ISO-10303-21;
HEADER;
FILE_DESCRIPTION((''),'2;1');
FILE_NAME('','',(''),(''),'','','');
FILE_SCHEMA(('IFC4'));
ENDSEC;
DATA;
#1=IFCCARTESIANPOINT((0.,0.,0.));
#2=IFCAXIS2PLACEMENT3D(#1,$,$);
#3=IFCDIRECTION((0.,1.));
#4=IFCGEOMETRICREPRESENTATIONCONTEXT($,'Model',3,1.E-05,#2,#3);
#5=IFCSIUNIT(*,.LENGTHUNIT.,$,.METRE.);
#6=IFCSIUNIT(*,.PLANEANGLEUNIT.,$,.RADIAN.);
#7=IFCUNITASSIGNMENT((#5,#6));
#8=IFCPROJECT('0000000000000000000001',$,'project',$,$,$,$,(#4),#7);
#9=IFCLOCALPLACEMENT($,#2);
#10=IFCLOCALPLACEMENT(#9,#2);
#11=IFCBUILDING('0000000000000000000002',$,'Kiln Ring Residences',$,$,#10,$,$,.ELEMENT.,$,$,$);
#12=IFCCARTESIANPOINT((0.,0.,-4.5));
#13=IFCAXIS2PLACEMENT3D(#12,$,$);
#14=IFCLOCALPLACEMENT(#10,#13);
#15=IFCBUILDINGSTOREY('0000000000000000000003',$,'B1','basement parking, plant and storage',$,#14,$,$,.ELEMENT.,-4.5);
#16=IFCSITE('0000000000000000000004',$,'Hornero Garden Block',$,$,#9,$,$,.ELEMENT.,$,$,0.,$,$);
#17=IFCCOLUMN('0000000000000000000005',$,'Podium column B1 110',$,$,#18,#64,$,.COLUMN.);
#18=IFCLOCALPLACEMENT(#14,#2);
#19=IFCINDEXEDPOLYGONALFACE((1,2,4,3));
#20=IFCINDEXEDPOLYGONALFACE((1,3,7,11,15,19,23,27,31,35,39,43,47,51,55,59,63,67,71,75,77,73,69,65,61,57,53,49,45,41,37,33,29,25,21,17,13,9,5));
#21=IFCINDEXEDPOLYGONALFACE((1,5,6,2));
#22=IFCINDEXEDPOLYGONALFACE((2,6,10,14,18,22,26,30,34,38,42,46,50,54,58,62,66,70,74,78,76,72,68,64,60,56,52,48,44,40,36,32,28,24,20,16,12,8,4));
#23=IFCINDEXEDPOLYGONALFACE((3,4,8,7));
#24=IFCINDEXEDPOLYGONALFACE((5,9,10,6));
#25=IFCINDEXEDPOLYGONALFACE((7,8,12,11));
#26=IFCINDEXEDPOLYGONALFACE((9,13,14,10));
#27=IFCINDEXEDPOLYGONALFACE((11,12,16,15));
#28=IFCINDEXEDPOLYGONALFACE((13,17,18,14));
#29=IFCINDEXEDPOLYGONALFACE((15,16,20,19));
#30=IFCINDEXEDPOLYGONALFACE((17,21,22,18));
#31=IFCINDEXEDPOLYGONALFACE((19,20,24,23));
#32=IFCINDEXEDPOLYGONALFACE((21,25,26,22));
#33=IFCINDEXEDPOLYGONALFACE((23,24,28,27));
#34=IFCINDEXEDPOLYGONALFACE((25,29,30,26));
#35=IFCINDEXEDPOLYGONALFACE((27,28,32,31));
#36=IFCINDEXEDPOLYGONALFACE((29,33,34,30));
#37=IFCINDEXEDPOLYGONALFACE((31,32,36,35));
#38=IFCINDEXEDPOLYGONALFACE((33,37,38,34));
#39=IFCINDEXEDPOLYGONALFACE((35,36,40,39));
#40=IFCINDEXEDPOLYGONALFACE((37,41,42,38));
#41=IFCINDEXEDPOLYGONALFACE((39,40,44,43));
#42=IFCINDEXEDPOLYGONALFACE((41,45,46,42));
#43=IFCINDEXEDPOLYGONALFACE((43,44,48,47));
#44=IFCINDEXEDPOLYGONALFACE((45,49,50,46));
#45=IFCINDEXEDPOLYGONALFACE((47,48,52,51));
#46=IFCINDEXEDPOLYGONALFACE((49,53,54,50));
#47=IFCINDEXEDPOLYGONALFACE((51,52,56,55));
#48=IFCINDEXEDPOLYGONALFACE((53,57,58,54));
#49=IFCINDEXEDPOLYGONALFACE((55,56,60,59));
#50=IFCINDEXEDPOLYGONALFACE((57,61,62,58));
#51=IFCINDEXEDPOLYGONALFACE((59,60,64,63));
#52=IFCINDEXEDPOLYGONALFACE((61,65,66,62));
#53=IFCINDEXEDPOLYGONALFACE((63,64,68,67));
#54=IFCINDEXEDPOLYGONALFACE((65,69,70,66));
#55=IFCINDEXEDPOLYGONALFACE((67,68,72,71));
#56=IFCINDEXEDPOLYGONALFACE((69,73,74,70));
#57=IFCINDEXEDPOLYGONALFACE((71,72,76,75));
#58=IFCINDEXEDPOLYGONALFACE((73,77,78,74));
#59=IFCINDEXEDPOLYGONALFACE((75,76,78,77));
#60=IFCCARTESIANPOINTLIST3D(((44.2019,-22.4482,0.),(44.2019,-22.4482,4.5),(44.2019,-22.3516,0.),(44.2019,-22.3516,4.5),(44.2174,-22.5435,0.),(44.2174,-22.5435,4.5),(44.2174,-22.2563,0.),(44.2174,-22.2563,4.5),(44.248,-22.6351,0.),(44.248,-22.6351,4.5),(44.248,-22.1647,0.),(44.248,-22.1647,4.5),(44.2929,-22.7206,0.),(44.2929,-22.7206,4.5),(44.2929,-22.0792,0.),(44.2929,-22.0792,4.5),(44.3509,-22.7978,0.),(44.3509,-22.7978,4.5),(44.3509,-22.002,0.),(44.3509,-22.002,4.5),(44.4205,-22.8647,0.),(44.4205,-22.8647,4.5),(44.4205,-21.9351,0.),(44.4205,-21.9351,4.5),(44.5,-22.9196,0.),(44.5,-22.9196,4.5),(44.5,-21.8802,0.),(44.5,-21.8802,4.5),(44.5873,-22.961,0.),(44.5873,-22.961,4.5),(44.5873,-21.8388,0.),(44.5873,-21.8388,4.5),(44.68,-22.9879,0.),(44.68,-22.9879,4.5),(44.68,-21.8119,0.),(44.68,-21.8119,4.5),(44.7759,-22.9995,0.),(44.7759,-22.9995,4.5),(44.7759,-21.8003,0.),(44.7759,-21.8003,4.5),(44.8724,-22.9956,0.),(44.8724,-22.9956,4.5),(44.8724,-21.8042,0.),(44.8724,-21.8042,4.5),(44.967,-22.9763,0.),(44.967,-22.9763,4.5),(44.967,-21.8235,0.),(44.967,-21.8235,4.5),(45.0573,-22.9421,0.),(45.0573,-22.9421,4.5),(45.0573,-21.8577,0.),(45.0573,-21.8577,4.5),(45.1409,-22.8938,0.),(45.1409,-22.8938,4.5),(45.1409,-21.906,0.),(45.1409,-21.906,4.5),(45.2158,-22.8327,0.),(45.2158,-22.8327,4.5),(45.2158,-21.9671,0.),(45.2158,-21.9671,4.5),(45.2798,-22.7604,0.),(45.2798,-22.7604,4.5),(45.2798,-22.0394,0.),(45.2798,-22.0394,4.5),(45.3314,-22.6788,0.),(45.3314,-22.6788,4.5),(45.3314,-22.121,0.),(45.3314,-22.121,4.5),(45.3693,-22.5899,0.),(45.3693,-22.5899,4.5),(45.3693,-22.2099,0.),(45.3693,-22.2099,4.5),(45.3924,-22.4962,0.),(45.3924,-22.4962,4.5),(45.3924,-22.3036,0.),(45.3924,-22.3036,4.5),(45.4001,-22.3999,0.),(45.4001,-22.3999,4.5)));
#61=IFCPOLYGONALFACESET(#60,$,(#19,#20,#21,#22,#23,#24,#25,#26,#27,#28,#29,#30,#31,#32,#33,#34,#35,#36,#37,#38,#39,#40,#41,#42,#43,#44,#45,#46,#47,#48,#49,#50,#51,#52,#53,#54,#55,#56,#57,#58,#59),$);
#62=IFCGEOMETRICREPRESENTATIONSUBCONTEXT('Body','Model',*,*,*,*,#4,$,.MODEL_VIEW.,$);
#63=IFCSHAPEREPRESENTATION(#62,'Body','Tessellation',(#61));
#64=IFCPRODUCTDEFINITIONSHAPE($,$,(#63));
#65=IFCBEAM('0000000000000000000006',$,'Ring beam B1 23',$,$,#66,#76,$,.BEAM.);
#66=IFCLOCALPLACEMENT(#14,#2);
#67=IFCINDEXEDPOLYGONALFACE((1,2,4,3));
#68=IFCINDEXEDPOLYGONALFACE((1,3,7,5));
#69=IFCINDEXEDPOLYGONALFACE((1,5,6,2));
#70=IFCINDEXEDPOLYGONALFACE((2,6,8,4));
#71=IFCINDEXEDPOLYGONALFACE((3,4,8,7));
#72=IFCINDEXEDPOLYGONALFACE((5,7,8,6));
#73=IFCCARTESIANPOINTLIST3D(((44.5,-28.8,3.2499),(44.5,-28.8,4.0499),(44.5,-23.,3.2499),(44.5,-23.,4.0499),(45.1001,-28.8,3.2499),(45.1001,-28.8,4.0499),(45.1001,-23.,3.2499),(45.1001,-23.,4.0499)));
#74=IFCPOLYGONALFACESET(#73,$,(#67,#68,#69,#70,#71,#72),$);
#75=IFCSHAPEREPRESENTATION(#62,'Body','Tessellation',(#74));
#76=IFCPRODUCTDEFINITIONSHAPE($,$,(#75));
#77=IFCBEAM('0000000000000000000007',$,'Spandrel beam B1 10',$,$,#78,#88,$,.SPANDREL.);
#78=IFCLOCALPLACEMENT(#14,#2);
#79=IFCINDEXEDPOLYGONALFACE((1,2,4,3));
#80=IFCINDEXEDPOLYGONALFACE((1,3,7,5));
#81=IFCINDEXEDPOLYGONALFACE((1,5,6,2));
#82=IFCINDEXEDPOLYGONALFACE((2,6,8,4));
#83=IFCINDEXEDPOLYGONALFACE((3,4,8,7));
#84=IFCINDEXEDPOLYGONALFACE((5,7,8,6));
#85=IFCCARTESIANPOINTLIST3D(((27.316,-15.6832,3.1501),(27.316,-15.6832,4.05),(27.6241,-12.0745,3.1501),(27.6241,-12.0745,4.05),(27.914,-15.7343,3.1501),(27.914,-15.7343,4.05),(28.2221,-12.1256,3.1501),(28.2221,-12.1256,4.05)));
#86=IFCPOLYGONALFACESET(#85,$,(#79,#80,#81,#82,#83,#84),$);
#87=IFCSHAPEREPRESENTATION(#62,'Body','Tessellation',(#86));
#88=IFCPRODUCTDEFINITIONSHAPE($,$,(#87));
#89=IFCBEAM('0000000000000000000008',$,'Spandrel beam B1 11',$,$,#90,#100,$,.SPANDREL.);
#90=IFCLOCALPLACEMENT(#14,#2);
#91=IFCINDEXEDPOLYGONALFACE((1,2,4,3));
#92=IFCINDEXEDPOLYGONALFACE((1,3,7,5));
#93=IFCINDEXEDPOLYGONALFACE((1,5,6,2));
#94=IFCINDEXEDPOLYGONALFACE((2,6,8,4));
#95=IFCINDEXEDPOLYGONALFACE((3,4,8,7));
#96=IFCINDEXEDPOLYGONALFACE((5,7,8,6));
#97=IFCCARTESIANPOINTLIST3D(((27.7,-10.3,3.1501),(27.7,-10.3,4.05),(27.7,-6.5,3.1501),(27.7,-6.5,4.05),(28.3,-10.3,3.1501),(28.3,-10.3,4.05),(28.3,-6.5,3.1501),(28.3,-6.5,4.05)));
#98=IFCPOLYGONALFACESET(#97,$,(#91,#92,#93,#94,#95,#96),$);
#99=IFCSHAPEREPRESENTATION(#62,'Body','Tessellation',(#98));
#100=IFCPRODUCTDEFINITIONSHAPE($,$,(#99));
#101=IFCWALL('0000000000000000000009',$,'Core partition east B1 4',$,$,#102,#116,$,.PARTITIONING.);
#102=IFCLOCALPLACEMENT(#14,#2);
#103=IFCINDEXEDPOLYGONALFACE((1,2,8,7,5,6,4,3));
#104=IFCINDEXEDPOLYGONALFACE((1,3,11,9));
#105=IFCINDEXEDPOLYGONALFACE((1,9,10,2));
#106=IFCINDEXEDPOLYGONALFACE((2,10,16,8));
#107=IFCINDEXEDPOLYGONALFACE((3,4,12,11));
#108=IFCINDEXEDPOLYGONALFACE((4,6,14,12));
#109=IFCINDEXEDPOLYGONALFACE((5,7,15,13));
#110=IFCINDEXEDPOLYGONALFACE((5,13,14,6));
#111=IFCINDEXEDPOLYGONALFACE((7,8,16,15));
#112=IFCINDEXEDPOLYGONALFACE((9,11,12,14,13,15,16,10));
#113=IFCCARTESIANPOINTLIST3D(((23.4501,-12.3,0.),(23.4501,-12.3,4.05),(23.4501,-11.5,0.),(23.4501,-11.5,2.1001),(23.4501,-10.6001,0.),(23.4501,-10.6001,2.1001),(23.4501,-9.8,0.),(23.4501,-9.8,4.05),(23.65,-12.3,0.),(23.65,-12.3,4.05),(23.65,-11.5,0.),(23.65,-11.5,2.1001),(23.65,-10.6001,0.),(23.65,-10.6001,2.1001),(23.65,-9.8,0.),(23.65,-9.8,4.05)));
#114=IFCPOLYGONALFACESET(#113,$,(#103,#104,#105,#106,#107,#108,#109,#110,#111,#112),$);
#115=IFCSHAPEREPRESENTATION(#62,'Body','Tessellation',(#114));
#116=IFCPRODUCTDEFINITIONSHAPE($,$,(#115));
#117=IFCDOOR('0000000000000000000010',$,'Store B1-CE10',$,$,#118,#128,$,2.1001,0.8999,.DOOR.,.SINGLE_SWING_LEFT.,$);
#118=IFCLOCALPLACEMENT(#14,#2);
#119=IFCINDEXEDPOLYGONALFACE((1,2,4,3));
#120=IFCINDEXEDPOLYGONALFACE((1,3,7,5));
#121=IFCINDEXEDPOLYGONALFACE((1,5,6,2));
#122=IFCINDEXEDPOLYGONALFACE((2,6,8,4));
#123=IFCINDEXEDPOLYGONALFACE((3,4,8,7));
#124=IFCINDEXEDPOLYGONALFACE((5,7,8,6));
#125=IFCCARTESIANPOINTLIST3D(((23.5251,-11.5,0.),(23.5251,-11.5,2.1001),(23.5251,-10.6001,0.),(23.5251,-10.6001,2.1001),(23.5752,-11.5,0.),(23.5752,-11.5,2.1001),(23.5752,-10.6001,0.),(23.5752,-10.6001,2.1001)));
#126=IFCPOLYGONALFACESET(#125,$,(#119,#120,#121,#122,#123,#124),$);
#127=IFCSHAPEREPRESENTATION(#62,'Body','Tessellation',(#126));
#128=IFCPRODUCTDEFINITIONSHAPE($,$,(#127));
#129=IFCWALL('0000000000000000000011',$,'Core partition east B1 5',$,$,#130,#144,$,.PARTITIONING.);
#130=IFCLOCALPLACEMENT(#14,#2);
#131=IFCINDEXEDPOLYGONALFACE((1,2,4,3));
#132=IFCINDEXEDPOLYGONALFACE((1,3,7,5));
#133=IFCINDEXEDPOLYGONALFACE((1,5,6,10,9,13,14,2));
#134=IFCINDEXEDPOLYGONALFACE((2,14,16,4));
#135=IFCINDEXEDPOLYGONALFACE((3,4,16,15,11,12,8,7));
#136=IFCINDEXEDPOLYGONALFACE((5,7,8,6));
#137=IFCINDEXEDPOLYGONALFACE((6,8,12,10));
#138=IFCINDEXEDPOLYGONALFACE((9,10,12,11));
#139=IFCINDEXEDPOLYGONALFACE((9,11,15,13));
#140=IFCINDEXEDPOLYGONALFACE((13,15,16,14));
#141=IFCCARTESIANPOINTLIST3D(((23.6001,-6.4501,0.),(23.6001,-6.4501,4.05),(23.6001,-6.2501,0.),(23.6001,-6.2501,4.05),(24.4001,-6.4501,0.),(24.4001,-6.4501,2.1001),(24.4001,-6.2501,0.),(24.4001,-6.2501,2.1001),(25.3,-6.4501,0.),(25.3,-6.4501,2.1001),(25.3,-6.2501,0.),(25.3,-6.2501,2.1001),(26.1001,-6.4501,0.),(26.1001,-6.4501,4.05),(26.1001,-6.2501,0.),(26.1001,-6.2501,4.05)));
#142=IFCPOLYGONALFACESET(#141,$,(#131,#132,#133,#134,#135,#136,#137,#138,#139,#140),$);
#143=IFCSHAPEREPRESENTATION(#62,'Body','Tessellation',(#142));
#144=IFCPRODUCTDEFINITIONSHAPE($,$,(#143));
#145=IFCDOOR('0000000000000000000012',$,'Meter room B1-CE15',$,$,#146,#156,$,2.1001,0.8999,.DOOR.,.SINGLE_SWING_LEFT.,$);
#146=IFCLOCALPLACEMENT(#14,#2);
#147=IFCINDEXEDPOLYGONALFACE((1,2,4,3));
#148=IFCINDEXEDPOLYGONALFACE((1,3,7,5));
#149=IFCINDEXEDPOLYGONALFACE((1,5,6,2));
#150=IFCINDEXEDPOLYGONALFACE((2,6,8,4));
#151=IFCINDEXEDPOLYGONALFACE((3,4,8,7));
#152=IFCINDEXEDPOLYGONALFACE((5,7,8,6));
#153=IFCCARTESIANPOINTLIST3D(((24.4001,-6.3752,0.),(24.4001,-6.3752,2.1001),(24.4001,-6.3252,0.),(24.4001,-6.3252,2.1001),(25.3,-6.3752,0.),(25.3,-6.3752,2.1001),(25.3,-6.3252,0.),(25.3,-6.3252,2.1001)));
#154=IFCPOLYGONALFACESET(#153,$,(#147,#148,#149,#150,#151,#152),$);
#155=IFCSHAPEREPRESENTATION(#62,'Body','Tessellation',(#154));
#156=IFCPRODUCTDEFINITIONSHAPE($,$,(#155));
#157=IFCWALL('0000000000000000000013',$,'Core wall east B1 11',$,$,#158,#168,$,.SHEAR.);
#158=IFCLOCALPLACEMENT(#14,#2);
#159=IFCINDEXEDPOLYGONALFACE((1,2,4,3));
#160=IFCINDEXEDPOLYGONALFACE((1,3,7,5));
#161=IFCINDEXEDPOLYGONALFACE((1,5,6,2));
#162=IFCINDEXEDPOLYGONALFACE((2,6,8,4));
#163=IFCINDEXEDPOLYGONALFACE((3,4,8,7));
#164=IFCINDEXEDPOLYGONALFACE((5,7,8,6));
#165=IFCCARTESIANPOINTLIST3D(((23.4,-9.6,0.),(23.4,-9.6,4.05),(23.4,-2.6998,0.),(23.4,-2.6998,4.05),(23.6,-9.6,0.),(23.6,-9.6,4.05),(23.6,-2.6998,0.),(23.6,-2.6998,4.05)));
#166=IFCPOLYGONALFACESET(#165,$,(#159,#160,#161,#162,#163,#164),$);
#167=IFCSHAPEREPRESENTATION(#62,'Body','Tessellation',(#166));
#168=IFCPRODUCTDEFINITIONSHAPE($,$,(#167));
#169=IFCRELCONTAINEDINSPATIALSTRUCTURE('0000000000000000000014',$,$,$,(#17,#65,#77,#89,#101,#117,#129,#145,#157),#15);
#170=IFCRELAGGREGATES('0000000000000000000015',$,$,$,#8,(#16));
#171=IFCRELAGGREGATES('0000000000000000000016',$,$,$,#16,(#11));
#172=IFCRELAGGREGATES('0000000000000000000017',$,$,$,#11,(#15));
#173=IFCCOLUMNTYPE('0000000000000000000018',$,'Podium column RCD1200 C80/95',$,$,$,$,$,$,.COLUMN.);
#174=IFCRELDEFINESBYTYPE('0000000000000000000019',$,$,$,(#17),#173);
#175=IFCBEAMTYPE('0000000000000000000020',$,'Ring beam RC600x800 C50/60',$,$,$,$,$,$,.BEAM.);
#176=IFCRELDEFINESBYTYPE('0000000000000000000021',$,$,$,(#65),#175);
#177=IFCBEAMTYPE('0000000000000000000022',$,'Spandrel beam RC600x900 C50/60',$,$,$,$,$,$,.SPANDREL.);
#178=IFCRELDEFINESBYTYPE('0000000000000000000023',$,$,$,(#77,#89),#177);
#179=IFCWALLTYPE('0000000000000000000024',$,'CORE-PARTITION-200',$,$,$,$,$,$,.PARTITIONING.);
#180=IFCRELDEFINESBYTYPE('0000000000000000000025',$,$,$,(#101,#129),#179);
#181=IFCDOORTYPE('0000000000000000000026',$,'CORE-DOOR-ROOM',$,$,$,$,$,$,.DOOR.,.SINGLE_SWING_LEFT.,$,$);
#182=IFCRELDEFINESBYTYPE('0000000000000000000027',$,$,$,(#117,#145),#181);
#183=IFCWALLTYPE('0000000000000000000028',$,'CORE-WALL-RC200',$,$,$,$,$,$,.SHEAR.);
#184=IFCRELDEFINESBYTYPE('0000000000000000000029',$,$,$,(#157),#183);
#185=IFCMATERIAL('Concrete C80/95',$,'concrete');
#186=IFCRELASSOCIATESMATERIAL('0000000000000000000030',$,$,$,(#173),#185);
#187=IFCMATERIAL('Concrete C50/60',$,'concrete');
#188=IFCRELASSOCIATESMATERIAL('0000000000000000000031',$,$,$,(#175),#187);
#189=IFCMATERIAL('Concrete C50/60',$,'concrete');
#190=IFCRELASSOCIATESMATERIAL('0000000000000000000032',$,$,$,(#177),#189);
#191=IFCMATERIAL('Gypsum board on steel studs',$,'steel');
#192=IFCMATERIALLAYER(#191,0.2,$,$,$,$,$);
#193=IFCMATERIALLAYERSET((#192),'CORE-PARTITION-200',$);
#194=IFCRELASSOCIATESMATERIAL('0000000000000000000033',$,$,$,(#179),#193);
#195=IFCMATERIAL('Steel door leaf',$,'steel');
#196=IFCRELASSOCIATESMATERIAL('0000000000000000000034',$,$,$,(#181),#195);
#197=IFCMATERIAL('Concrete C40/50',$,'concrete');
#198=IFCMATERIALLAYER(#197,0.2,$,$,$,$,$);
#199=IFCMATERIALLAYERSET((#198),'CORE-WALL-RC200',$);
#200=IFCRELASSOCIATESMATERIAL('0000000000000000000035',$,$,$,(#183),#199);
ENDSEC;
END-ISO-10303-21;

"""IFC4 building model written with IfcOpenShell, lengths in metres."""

from ifc_helpers import new_model, si_unit, direction, frame, frame_2d, origin, origin_2d, place, context, subcontext, project, spatial, rectangle, circle, extrude, material, layer, layer_set, material_profile, profile_set, type_object, element, fill, save


model = new_model("IFC4")

# Units and contexts
model_context = context("Model", 3, precision=1e-05, world=origin(), true_north=direction((0.0, 1.0)))
body_context = subcontext(model_context, "Body", "Model", "MODEL_VIEW")
ifc_project = project(units=[si_unit("LENGTHUNIT", "METRE"), si_unit("PLANEANGLEUNIT", "RADIAN")], contexts=[model_context])

# Site, building, storey
site_placement = place(None, origin())
site = spatial("IfcSite", under=ifc_project, at=site_placement, Name="Hornero Garden Block", CompositionType="ELEMENT", RefElevation=0.0)
building_placement = place(site_placement, origin())
building = spatial("IfcBuilding", under=site, at=building_placement, Name="Kiln Ring Residences", CompositionType="ELEMENT")
storey_placement = place(building_placement, frame((0.0, 0.0, -4.5)))
storey = spatial("IfcBuildingStorey", under=building, at=storey_placement, Name="B1", Description="basement parking, plant and storage", CompositionType="ELEMENT", Elevation=-4.5)

# Column
ifc_material_1 = material(Name="Concrete C80/95", Category="concrete")
ifc_material_profile_1 = material_profile(ifc_material_1, circle(Radius=0.6001, at=origin_2d()), Name="RCD1200")
ifc_profile_set_1 = profile_set([ifc_material_profile_1], Name="Concrete C80/95")
column_type_1 = type_object("IfcColumnType", Name="Podium column RCD1200 C80/95", PredefinedType="COLUMN", material=ifc_profile_set_1)
for number, where, z_axis, x_axis, name in (
    (1, (44.8, -22.3999, 0.0), (0.0, 0.0, 1.0), (1.0, 0.0, 0.0), "Podium column B1 110"),
):
    element("IfcColumn", number, at=place(storey_placement, frame(where, z_axis=z_axis, x_axis=x_axis)), inside=storey, type_object=column_type_1, Name=name, PredefinedType="COLUMN", context=body_context, shape_type="SweptSolid", body=[
        extrude(circle(Radius=0.6001, at=origin_2d()), origin(), (0.0, 0.0, 1.0), 4.5),
    ])

# Beams
ifc_material_2 = material(Name="Concrete C50/60", Category="concrete")
ifc_material_profile_2 = material_profile(ifc_material_2, rectangle(XDim=0.6001, YDim=0.8, at=origin_2d()), Name="RC600x800")
ifc_profile_set_2 = profile_set([ifc_material_profile_2], Name="Concrete C50/60")
beam_type_1 = type_object("IfcBeamType", Name="Ring beam RC600x800 C50/60", PredefinedType="BEAM", material=ifc_profile_set_2)
beam_1_placement = place(storey_placement, frame((44.8, -23.0, 3.6499), z_axis=(0.0, -1.0, 0.0), x_axis=(1.0, 0.0, 0.0)))
element("IfcBeam", 2, at=beam_1_placement, inside=storey, type_object=beam_type_1, Name="Ring beam B1 23", PredefinedType="BEAM", context=body_context, shape_type="SweptSolid", body=[
    extrude(rectangle(XDim=0.6001, YDim=0.8, at=origin_2d()), origin(), (0.0, 0.0, 1.0), 5.8),
])
ifc_material_3 = material(Name="Concrete C50/60", Category="concrete")
ifc_material_profile_3 = material_profile(ifc_material_3, rectangle(XDim=0.6001, YDim=0.8999, at=origin_2d()), Name="RC600x900")
ifc_profile_set_3 = profile_set([ifc_material_profile_3], Name="Concrete C50/60")
beam_type_2 = type_object("IfcBeamType", Name="Spandrel beam RC600x900 C50/60", PredefinedType="SPANDREL", material=ifc_profile_set_3)
beam_2_placement = place(storey_placement, frame((27.615, -15.7087, 3.6001), z_axis=(0.08507, 0.996375, 0.0), x_axis=(-0.996375, 0.08507, 0.0)))
element("IfcBeam", 3, at=beam_2_placement, inside=storey, type_object=beam_type_2, Name="Spandrel beam B1 10", PredefinedType="SPANDREL", context=body_context, shape_type="SweptSolid", body=[
    extrude(rectangle(XDim=0.6001, YDim=0.8999, at=origin_2d()), origin(), (0.0, 0.0, 1.0), 3.6218),
])
beam_3_placement = place(storey_placement, frame((28.0, -10.3, 3.6001), z_axis=(0.0, 1.0, 0.0), x_axis=(-1.0, 0.0, 0.0)))
element("IfcBeam", 4, at=beam_3_placement, inside=storey, type_object=beam_type_2, Name="Spandrel beam B1 11", PredefinedType="SPANDREL", context=body_context, shape_type="SweptSolid", body=[
    extrude(rectangle(XDim=0.6001, YDim=0.8999, at=origin_2d()), origin(), (0.0, 0.0, 1.0), 3.8),
])

# Walls, openings, doors
ifc_material_4 = material(Name="Gypsum board on steel studs", Category="steel")
ifc_layer_1 = layer(ifc_material_4, 0.2)
ifc_layer_set_1 = layer_set([ifc_layer_1], Name="CORE-PARTITION-200")
wall_type_1 = type_object("IfcWallType", Name="CORE-PARTITION-200", PredefinedType="PARTITIONING", material=ifc_layer_set_1)
wall_1_placement = place(storey_placement, frame((23.55, -12.3, 0.0), z_axis=(0.0, 0.0, 1.0), x_axis=(0.0, 1.0, 0.0)))
wall_1 = element("IfcWall", 5, at=wall_1_placement, inside=storey, type_object=wall_type_1, Name="Core partition east B1 4", PredefinedType="PARTITIONING", context=body_context, shape_type="SweptSolid", body=[
    extrude(rectangle(XDim=2.5, YDim=0.2, at=frame_2d((1.25, 0.0))), origin(), (0.0, 0.0, 1.0), 4.05),
])
opening_1_placement = place(wall_1_placement, frame((0.8, 0.0, 0.0)))
opening_1 = element("IfcOpeningElement", 6, at=opening_1_placement, cuts=wall_1, PredefinedType="OPENING", context=body_context, shape_type="SweptSolid", body=[
    extrude(rectangle(XDim=0.8999, YDim=2.1001, at=frame_2d((0.45, 1.05))), frame((0.0, 0.1099, 0.0), z_axis=(0.0, -1.0, 0.0), x_axis=(1.0, 0.0, 0.0)), (0.0, 0.0, 1.0), 0.22),
])
ifc_material_5 = material(Name="Steel door leaf", Category="steel")
door_type_1 = type_object("IfcDoorType", Name="CORE-DOOR-ROOM", OperationType="SINGLE_SWING_LEFT", PredefinedType="DOOR", material=ifc_material_5)
door_1_placement = place(opening_1_placement, origin())
door_1 = element("IfcDoor", 7, at=door_1_placement, inside=storey, type_object=door_type_1, Name="Store B1-CE10", OperationType="SINGLE_SWING_LEFT", OverallHeight=2.1001, OverallWidth=0.8999, PredefinedType="DOOR", context=body_context, shape_type="SweptSolid", body=[
    extrude(rectangle(XDim=0.8999, YDim=2.1001, at=frame_2d((0.45, 1.05))), frame((0.0, 0.0249, 0.0), z_axis=(0.0, -1.0, 0.0), x_axis=(1.0, 0.0, 0.0)), (0.0, 0.0, 1.0), 0.05),
])
fill(opening_1, door_1)
wall_2_placement = place(storey_placement, frame((23.6001, -6.3501, 0.0), z_axis=(0.0, 0.0, 1.0), x_axis=(1.0, 0.0, 0.0)))
wall_2 = element("IfcWall", 8, at=wall_2_placement, inside=storey, type_object=wall_type_1, Name="Core partition east B1 5", PredefinedType="PARTITIONING", context=body_context, shape_type="SweptSolid", body=[
    extrude(rectangle(XDim=2.5, YDim=0.2, at=frame_2d((1.25, 0.0))), origin(), (0.0, 0.0, 1.0), 4.05),
])
opening_2_placement = place(wall_2_placement, frame((0.8, 0.0, 0.0)))
opening_2 = element("IfcOpeningElement", 9, at=opening_2_placement, cuts=wall_2, PredefinedType="OPENING", context=body_context, shape_type="SweptSolid", body=[
    extrude(rectangle(XDim=0.8999, YDim=2.1001, at=frame_2d((0.45, 1.05))), frame((0.0, 0.1099, 0.0), z_axis=(0.0, -1.0, 0.0), x_axis=(1.0, 0.0, 0.0)), (0.0, 0.0, 1.0), 0.22),
])
door_2_placement = place(opening_2_placement, origin())
door_2 = element("IfcDoor", 10, at=door_2_placement, inside=storey, type_object=door_type_1, Name="Meter room B1-CE15", OperationType="SINGLE_SWING_LEFT", OverallHeight=2.1001, OverallWidth=0.8999, PredefinedType="DOOR", context=body_context, shape_type="SweptSolid", body=[
    extrude(rectangle(XDim=0.8999, YDim=2.1001, at=frame_2d((0.45, 1.05))), frame((0.0, 0.0249, 0.0), z_axis=(0.0, -1.0, 0.0), x_axis=(1.0, 0.0, 0.0)), (0.0, 0.0, 1.0), 0.05),
])
fill(opening_2, door_2)

# Wall
ifc_material_6 = material(Name="Concrete C40/50", Category="concrete")
ifc_layer_2 = layer(ifc_material_6, 0.2)
ifc_layer_set_2 = layer_set([ifc_layer_2], Name="CORE-WALL-RC200")
wall_type_2 = type_object("IfcWallType", Name="CORE-WALL-RC200", PredefinedType="SHEAR", material=ifc_layer_set_2)
wall_3_placement = place(storey_placement, frame((23.5, -9.6001, 0.0), z_axis=(0.0, 0.0, 1.0), x_axis=(0.0, 1.0, 0.0)))
element("IfcWall", 11, at=wall_3_placement, inside=storey, type_object=wall_type_2, Name="Core wall east B1 11", PredefinedType="SHEAR", context=body_context, shape_type="SweptSolid", body=[
    extrude(rectangle(XDim=6.9001, YDim=0.2, at=frame_2d((3.4502, 0.0))), origin(), (0.0, 0.0, 1.0), 4.05),
])

save(model, "model.ifc")
